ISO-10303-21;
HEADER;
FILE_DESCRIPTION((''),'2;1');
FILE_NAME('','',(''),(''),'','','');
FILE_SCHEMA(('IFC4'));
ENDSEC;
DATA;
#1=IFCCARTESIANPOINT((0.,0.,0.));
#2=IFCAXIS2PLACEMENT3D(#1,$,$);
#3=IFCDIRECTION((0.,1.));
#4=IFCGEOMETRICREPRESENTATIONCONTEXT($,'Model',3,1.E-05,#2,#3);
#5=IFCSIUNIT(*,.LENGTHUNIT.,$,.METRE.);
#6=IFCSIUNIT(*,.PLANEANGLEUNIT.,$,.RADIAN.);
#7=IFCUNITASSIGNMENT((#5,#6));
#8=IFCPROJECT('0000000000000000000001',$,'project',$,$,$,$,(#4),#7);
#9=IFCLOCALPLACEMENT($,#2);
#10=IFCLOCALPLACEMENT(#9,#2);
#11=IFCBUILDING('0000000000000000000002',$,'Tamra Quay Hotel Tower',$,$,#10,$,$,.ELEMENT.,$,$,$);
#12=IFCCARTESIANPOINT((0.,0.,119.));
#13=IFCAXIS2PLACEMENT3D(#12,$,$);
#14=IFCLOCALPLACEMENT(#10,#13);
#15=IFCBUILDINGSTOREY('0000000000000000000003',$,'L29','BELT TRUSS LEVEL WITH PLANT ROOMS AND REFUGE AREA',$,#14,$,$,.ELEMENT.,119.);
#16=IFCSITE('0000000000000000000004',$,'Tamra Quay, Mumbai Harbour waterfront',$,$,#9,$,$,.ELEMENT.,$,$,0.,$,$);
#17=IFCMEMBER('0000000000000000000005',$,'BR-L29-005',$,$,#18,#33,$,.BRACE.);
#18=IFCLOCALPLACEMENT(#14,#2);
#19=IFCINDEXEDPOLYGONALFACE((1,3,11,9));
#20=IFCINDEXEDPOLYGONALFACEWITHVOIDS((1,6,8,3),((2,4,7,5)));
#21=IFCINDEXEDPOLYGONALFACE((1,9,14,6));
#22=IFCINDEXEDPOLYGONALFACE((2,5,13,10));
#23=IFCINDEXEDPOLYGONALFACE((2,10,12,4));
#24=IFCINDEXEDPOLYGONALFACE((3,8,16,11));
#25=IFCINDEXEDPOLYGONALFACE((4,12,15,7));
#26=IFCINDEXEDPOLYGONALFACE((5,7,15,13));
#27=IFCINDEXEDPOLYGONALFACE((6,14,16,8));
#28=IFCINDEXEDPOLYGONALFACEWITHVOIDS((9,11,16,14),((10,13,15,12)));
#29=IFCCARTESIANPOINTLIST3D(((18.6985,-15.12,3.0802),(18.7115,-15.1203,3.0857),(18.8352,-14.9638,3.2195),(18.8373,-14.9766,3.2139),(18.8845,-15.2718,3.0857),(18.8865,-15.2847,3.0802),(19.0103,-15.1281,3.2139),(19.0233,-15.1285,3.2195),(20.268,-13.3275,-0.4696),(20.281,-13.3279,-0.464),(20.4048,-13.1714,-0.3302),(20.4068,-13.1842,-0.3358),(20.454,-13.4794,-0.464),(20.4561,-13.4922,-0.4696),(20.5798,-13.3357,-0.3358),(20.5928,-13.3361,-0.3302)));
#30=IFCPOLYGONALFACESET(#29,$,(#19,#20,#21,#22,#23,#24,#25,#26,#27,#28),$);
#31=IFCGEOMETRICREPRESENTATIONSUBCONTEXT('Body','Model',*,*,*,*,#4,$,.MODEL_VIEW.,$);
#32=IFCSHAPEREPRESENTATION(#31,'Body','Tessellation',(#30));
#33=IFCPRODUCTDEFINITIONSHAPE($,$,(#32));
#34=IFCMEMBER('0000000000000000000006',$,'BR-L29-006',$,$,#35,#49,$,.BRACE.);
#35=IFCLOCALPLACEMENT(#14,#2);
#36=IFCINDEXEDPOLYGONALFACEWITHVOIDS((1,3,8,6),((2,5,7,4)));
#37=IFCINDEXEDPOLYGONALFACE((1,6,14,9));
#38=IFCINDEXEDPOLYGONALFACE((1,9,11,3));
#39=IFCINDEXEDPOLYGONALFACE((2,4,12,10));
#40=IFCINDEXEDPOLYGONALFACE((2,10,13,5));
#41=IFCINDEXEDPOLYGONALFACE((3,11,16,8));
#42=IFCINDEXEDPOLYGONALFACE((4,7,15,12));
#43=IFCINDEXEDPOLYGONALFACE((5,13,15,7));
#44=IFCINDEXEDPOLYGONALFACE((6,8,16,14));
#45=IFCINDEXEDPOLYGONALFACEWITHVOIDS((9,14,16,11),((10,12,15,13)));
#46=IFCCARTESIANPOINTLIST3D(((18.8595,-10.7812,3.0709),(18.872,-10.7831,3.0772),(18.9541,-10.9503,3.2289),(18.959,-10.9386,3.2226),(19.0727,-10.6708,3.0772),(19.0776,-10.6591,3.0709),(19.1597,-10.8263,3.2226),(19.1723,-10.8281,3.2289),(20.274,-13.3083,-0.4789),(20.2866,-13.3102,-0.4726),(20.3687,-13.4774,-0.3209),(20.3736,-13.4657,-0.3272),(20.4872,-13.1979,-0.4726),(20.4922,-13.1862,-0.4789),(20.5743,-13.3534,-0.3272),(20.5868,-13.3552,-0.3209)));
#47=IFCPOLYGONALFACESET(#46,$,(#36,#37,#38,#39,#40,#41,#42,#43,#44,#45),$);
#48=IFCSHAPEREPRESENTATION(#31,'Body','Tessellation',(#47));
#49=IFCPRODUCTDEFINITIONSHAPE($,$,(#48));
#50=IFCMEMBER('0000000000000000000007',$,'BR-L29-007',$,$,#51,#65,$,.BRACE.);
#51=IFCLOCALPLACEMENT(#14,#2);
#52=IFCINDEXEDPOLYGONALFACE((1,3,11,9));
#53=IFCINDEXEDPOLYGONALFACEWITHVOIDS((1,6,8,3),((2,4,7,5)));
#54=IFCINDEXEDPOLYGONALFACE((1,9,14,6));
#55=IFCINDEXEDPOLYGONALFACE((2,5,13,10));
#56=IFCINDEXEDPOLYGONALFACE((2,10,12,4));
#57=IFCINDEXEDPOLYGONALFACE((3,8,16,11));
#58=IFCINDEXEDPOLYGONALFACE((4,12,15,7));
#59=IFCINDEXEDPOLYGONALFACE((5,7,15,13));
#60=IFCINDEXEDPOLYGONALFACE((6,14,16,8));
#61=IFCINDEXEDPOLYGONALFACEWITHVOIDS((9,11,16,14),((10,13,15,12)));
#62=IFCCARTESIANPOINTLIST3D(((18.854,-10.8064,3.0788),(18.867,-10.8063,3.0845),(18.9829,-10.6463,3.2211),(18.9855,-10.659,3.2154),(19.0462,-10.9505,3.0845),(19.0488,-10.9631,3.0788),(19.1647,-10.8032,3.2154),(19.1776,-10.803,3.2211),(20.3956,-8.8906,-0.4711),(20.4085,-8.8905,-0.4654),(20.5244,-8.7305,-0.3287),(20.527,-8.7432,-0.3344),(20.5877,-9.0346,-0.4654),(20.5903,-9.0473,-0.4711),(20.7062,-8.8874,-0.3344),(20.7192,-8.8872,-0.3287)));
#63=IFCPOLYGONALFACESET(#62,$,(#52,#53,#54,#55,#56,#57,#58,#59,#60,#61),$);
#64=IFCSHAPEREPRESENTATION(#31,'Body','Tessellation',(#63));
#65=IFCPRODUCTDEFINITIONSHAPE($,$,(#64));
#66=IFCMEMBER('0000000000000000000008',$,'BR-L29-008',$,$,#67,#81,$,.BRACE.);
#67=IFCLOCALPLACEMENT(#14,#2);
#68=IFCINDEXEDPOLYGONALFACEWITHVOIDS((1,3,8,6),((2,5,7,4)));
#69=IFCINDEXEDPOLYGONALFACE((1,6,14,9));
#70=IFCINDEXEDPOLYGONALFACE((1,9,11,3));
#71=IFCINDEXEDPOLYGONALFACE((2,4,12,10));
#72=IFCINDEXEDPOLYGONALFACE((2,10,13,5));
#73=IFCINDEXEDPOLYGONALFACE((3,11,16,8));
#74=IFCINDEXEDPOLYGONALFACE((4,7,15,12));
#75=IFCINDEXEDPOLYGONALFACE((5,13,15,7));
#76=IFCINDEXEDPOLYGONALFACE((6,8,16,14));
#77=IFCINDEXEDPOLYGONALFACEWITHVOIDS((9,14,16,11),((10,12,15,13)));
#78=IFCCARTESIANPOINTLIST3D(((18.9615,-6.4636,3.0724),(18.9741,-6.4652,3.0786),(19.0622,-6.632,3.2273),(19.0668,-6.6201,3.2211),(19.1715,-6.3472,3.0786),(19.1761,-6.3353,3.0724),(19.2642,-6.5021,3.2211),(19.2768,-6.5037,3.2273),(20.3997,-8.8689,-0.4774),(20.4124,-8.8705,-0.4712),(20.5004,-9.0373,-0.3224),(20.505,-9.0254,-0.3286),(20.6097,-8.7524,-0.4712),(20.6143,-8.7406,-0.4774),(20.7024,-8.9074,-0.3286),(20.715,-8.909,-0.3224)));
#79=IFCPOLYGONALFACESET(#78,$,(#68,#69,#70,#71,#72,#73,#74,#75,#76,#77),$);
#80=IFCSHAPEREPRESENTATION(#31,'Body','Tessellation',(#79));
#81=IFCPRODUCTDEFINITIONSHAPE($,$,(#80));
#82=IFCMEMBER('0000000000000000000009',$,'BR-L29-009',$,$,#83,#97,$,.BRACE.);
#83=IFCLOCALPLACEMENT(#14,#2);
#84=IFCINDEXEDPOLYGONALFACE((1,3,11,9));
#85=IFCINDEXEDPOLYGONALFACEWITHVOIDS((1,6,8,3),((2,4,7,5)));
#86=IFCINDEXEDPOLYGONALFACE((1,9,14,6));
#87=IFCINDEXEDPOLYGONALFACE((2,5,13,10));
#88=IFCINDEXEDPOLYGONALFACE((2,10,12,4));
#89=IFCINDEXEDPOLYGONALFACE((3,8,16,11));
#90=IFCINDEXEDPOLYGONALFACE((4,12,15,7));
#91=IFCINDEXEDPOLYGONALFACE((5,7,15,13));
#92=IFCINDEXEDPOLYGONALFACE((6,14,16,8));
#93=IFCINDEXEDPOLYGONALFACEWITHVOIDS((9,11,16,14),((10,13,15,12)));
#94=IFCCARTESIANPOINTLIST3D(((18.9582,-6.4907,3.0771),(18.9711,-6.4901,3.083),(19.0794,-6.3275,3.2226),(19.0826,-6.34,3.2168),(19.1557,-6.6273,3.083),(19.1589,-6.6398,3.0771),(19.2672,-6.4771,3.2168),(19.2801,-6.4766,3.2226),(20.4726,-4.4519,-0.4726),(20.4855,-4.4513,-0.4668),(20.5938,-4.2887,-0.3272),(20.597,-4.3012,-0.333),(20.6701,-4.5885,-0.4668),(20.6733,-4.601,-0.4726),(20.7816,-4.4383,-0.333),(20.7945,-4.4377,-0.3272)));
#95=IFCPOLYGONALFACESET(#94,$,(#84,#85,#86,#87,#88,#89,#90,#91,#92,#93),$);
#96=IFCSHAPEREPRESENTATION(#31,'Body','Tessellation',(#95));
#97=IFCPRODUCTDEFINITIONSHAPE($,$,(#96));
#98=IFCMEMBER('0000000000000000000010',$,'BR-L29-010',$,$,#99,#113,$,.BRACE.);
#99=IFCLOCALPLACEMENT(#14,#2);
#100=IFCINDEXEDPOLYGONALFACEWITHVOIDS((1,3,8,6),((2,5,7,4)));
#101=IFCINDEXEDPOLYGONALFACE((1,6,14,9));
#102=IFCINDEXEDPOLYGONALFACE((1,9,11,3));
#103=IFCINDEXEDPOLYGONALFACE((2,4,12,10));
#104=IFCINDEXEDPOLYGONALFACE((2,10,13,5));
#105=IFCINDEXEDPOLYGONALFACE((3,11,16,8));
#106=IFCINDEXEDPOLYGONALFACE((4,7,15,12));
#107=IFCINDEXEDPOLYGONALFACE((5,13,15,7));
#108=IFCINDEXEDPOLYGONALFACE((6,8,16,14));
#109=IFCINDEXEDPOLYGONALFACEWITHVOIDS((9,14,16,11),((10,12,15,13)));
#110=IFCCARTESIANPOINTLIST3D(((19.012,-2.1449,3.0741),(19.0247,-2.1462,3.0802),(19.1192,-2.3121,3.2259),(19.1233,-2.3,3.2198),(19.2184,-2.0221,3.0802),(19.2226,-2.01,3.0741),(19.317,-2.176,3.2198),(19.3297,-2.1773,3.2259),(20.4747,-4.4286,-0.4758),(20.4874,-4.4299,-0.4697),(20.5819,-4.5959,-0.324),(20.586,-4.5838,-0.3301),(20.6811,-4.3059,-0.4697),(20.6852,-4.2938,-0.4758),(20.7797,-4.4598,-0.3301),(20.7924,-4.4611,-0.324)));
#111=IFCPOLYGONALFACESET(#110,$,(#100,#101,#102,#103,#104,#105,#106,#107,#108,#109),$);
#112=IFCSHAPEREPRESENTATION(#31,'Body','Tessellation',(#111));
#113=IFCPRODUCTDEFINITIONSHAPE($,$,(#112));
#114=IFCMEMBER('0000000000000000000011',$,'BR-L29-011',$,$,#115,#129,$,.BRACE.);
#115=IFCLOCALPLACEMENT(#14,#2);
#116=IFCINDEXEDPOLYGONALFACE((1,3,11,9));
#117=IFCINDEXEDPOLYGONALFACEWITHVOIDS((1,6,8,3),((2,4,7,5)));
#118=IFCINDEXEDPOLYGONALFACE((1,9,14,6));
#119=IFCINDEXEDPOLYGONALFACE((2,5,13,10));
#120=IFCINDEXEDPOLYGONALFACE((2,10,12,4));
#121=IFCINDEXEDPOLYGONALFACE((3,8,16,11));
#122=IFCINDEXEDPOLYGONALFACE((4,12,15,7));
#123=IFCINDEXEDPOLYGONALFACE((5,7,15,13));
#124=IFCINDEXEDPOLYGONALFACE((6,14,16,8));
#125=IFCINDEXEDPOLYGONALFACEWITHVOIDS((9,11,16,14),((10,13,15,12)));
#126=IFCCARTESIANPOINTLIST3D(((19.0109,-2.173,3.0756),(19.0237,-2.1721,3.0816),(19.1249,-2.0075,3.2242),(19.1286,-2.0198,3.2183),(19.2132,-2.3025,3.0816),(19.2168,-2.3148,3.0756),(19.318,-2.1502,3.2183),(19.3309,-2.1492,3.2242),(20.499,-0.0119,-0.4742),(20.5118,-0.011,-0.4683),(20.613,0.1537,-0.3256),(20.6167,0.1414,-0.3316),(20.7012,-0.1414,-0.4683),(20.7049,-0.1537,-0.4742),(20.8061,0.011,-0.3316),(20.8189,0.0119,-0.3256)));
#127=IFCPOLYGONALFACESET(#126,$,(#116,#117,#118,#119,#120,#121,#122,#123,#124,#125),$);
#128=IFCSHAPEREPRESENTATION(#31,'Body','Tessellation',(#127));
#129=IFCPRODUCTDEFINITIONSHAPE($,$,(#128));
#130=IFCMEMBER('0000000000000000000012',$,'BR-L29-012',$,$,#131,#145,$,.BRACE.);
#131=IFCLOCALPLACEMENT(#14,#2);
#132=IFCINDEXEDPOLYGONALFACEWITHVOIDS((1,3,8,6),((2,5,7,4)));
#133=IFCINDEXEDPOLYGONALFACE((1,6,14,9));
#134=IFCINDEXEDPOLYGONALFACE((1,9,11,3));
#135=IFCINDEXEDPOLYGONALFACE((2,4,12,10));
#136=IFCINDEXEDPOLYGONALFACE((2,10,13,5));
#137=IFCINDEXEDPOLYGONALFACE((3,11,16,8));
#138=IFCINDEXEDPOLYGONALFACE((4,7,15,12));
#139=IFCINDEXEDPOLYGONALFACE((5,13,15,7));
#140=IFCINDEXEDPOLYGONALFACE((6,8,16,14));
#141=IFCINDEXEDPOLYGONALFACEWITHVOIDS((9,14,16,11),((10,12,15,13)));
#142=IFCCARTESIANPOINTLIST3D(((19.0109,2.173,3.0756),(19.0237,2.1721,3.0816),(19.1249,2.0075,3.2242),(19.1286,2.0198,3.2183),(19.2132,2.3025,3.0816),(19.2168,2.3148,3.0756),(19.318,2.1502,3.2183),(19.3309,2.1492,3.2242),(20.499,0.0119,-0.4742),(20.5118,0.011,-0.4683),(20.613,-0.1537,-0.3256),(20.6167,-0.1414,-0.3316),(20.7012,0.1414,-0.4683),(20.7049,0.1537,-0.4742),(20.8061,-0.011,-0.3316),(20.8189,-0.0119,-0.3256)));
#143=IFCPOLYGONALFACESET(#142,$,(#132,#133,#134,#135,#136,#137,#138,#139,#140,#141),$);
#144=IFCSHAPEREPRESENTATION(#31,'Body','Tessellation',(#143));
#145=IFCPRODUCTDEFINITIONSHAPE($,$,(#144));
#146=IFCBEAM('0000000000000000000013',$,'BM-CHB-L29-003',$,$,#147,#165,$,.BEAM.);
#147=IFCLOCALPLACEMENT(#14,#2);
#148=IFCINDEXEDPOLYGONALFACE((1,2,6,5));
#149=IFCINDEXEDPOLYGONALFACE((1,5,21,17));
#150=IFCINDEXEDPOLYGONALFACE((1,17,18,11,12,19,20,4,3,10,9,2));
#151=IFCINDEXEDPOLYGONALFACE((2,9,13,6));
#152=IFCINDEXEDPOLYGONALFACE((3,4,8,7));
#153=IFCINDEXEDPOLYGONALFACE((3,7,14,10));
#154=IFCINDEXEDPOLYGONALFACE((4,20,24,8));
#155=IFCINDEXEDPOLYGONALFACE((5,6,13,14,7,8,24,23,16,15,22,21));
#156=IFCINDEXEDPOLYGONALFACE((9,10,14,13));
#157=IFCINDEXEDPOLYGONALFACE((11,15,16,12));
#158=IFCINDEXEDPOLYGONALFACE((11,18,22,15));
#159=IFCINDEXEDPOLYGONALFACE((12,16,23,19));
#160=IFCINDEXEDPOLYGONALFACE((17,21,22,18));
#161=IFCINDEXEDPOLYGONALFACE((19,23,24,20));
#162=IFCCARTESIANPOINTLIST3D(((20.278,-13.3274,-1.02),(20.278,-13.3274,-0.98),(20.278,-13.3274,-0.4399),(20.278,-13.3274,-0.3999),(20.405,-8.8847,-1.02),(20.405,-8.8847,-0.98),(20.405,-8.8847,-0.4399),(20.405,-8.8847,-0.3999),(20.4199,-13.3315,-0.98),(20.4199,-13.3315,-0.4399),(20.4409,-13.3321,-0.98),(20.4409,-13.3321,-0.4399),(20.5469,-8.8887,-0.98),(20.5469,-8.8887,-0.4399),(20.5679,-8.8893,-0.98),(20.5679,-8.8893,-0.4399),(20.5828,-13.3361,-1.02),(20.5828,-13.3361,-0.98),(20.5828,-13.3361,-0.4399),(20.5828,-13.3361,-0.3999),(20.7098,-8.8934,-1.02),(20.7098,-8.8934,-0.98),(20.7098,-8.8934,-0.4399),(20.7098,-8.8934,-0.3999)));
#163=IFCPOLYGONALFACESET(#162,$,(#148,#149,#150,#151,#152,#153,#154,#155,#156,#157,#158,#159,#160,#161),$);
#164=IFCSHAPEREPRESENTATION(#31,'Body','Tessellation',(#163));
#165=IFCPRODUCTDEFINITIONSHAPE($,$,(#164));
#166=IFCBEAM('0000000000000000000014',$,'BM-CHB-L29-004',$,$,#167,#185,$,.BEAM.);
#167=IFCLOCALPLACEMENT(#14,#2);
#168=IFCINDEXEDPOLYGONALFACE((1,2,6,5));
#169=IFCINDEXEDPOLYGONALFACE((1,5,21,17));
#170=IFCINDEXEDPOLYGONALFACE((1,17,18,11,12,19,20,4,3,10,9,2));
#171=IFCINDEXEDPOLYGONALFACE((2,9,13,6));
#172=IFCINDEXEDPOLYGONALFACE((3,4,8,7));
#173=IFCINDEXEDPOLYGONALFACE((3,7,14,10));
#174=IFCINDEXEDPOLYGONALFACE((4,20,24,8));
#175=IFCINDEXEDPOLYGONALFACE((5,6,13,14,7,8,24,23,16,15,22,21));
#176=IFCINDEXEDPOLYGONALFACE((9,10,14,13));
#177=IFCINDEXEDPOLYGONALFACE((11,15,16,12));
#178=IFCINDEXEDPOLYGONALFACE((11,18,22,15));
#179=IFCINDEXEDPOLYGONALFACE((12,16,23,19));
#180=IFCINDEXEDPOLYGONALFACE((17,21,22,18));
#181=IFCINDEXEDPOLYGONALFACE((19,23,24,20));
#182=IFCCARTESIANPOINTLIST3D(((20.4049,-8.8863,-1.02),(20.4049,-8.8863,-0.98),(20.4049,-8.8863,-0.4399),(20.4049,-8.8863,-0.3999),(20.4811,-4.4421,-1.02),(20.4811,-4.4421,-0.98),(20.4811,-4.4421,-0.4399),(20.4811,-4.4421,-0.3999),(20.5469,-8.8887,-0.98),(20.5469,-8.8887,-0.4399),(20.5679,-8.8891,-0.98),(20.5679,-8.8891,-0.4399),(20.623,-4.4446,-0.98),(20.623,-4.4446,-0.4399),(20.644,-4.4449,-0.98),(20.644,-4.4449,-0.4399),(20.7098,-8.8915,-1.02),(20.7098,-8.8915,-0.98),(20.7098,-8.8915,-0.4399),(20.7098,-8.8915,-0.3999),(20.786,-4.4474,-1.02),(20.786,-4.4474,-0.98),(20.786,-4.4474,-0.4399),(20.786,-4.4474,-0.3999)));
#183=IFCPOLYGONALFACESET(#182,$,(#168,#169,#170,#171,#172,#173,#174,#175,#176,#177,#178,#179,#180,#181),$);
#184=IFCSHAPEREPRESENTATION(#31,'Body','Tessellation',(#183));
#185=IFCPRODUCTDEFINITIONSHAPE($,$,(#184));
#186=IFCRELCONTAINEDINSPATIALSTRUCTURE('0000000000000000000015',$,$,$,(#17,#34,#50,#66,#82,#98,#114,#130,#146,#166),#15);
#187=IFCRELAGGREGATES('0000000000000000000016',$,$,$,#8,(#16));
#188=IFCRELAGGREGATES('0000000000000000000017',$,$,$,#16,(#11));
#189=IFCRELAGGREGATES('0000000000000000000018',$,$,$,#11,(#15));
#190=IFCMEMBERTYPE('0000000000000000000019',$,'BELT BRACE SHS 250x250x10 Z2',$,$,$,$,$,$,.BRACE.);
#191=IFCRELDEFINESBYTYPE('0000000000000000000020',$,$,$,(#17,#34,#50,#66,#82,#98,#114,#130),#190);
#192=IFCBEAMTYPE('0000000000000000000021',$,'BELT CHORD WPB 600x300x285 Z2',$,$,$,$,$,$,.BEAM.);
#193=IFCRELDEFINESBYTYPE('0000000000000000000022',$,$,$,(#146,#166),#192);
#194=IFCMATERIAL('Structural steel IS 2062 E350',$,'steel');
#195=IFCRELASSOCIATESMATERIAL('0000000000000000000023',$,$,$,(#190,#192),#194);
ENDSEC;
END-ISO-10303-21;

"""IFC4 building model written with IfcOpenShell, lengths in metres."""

from ifc_helpers import new_model, si_unit, direction, frame, origin, origin_2d, place, context, subcontext, project, spatial, hollow_rectangle, i_section, extrude, material, material_profile, profile_set, type_object, element, save


model = new_model("IFC4")

# Units and contexts
model_context = context("Model", 3, precision=1e-05, world=origin(), true_north=direction((0.0, 1.0)))
body_context = subcontext(model_context, "Body", "Model", "MODEL_VIEW")
ifc_project = project(units=[si_unit("LENGTHUNIT", "METRE"), si_unit("PLANEANGLEUNIT", "RADIAN")], contexts=[model_context])

# Site, building, storey
site_placement = place(None, origin())
site = spatial("IfcSite", under=ifc_project, at=site_placement, Name="Tamra Quay, Mumbai Harbour waterfront", CompositionType="ELEMENT", RefElevation=0.0)
building_placement = place(site_placement, origin())
building = spatial("IfcBuilding", under=site, at=building_placement, Name="Tamra Quay Hotel Tower", CompositionType="ELEMENT")
storey_placement = place(building_placement, frame((0.0, 0.0, 119.0)))
storey = spatial("IfcBuildingStorey", under=building, at=storey_placement, Name="L29", Description="BELT TRUSS LEVEL WITH PLANT ROOMS AND REFUGE AREA", CompositionType="ELEMENT", Elevation=119.0)

# Members
ifc_material_1 = material(Name="Structural steel IS 2062 E350", Category="steel")
ifc_material_profile_1 = material_profile(ifc_material_1, hollow_rectangle(XDim=0.25, YDim=0.25, WallThickness=0.01, at=origin_2d()), Name="SHS 250x250x10")
ifc_profile_set_1 = profile_set([ifc_material_profile_1], Name="Structural steel IS 2062 E350")
member_type_1 = type_object("IfcMemberType", Name="BELT BRACE SHS 250x250x10 Z2", PredefinedType="BRACE", material=ifc_profile_set_1)
member_1_placement = place(storey_placement, frame((20.4304, -13.3318, -0.3999), z_axis=(-0.367133, -0.41927, 0.830317), x_axis=(0.752335, -0.65878, 0.0)))
element("IfcMember", 1, at=member_1_placement, inside=storey, type_object=member_type_1, Name="BR-L29-005", PredefinedType="BRACE", context=body_context, shape_type="SweptSolid", body=[
    extrude(hollow_rectangle(XDim=0.25, YDim=0.25, WallThickness=0.01, at=origin_2d()), origin(), (0.0, 0.0, 1.0), 4.2751),
])
member_2_placement = place(storey_placement, frame((20.4304, -13.3318, -0.3999), z_axis=(-0.308766, 0.551612, 0.774847), x_axis=(-0.872598, -0.488439, 0.0)))
element("IfcMember", 2, at=member_2_placement, inside=storey, type_object=member_type_1, Name="BR-L29-006", PredefinedType="BRACE", context=body_context, shape_type="SweptSolid", body=[
    extrude(hollow_rectangle(XDim=0.25, YDim=0.25, WallThickness=0.01, at=origin_2d()), origin(), (0.0, 0.0, 1.0), 4.5813),
])
member_3_placement = place(storey_placement, frame((20.5574, -8.8889, -0.3999), z_axis=(-0.356972, -0.443642, 0.822042), x_axis=(0.779103, -0.626896, 0.0)))
element("IfcMember", 3, at=member_3_placement, inside=storey, type_object=member_type_1, Name="BR-L29-007", PredefinedType="BRACE", context=body_context, shape_type="SweptSolid", body=[
    extrude(hollow_rectangle(XDim=0.25, YDim=0.25, WallThickness=0.01, at=origin_2d()), origin(), (0.0, 0.0, 1.0), 4.3184),
])
member_4_placement = place(storey_placement, frame((20.5574, -8.8889, -0.3999), z_axis=(-0.318002, 0.53182, 0.784883), x_axis=(-0.858268, -0.513201, 0.0)))
element("IfcMember", 4, at=member_4_placement, inside=storey, type_object=member_type_1, Name="BR-L29-008", PredefinedType="BRACE", context=body_context, shape_type="SweptSolid", body=[
    extrude(hollow_rectangle(XDim=0.25, YDim=0.25, WallThickness=0.01, at=origin_2d()), origin(), (0.0, 0.0, 1.0), 4.5227),
])
member_5_placement = place(storey_placement, frame((20.6335, -4.4448, -0.3999), z_axis=(-0.34696, -0.467107, 0.813284), x_axis=(0.802771, -0.596287, 0.0)))
element("IfcMember", 5, at=member_5_placement, inside=storey, type_object=member_type_1, Name="BR-L29-009", PredefinedType="BRACE", context=body_context, shape_type="SweptSolid", body=[
    extrude(hollow_rectangle(XDim=0.25, YDim=0.25, WallThickness=0.01, at=origin_2d()), origin(), (0.0, 0.0, 1.0), 4.3647),
])
member_6_placement = place(storey_placement, frame((20.6335, -4.4448, -0.3999), z_axis=(-0.327421, 0.511215, 0.794641), x_axis=(-0.84209, -0.539337, 0.0)))
element("IfcMember", 6, at=member_6_placement, inside=storey, type_object=member_type_1, Name="BR-L29-010", PredefinedType="BRACE", context=body_context, shape_type="SweptSolid", body=[
    extrude(hollow_rectangle(XDim=0.25, YDim=0.25, WallThickness=0.01, at=origin_2d()), origin(), (0.0, 0.0, 1.0), 4.4673),
])
for number, where, z_axis, x_axis, name in (
    (7, (20.6589, 0.0, -0.3999), (-0.337096, -0.489578, 0.804164), (0.82364, -0.567113, 0.0), "BR-L29-011"),
    (8, (20.6589, 0.0, -0.3999), (-0.337096, 0.489578, 0.804164), (-0.82364, -0.567113, 0.0), "BR-L29-012"),
):
    element("IfcMember", number, at=place(storey_placement, frame(where, z_axis=z_axis, x_axis=x_axis)), inside=storey, type_object=member_type_1, Name=name, PredefinedType="BRACE", context=body_context, shape_type="SweptSolid", body=[
        extrude(hollow_rectangle(XDim=0.25, YDim=0.25, WallThickness=0.01, at=origin_2d()), origin(), (0.0, 0.0, 1.0), 4.4143),
    ])

# Beams
ifc_material_profile_2 = material_profile(ifc_material_1, i_section(OverallWidth=0.3049, OverallDepth=0.6201, WebThickness=0.021, FlangeThickness=0.04, at=origin_2d()), Name="WPB 600x300x285")
ifc_profile_set_2 = profile_set([ifc_material_profile_2], Name="Structural steel IS 2062 E350")
beam_type_1 = type_object("IfcBeamType", Name="BELT CHORD WPB 600x300x285 Z2", PredefinedType="BEAM", material=ifc_profile_set_2)
beam_1_placement = place(storey_placement, frame((20.4304, -13.3318, -0.71), z_axis=(0.028563, 0.999592, 0.0), x_axis=(-0.999592, 0.028563, 0.0)))
element("IfcBeam", 9, at=beam_1_placement, inside=storey, type_object=beam_type_1, Name="BM-CHB-L29-003", PredefinedType="BEAM", context=body_context, shape_type="SweptSolid", body=[
    extrude(i_section(OverallWidth=0.3049, OverallDepth=0.6201, WebThickness=0.021, FlangeThickness=0.04, at=origin_2d()), origin(), (0.0, 0.0, 1.0), 4.4446),
])
for number, where, z_axis, x_axis, name in (
    (10, (20.5574, -8.8889, -0.71), (0.017138, 0.999853, 0.0), (-0.999853, 0.017138, 0.0), "BM-CHB-L29-004"),
):
    element("IfcBeam", number, at=place(storey_placement, frame(where, z_axis=z_axis, x_axis=x_axis)), inside=storey, type_object=beam_type_1, Name=name, PredefinedType="BEAM", context=body_context, shape_type="SweptSolid", body=[
        extrude(i_section(OverallWidth=0.3049, OverallDepth=0.6201, WebThickness=0.021, FlangeThickness=0.04, at=origin_2d()), origin(), (0.0, 0.0, 1.0), 4.4448),
    ])

save(model, "model.ifc")
